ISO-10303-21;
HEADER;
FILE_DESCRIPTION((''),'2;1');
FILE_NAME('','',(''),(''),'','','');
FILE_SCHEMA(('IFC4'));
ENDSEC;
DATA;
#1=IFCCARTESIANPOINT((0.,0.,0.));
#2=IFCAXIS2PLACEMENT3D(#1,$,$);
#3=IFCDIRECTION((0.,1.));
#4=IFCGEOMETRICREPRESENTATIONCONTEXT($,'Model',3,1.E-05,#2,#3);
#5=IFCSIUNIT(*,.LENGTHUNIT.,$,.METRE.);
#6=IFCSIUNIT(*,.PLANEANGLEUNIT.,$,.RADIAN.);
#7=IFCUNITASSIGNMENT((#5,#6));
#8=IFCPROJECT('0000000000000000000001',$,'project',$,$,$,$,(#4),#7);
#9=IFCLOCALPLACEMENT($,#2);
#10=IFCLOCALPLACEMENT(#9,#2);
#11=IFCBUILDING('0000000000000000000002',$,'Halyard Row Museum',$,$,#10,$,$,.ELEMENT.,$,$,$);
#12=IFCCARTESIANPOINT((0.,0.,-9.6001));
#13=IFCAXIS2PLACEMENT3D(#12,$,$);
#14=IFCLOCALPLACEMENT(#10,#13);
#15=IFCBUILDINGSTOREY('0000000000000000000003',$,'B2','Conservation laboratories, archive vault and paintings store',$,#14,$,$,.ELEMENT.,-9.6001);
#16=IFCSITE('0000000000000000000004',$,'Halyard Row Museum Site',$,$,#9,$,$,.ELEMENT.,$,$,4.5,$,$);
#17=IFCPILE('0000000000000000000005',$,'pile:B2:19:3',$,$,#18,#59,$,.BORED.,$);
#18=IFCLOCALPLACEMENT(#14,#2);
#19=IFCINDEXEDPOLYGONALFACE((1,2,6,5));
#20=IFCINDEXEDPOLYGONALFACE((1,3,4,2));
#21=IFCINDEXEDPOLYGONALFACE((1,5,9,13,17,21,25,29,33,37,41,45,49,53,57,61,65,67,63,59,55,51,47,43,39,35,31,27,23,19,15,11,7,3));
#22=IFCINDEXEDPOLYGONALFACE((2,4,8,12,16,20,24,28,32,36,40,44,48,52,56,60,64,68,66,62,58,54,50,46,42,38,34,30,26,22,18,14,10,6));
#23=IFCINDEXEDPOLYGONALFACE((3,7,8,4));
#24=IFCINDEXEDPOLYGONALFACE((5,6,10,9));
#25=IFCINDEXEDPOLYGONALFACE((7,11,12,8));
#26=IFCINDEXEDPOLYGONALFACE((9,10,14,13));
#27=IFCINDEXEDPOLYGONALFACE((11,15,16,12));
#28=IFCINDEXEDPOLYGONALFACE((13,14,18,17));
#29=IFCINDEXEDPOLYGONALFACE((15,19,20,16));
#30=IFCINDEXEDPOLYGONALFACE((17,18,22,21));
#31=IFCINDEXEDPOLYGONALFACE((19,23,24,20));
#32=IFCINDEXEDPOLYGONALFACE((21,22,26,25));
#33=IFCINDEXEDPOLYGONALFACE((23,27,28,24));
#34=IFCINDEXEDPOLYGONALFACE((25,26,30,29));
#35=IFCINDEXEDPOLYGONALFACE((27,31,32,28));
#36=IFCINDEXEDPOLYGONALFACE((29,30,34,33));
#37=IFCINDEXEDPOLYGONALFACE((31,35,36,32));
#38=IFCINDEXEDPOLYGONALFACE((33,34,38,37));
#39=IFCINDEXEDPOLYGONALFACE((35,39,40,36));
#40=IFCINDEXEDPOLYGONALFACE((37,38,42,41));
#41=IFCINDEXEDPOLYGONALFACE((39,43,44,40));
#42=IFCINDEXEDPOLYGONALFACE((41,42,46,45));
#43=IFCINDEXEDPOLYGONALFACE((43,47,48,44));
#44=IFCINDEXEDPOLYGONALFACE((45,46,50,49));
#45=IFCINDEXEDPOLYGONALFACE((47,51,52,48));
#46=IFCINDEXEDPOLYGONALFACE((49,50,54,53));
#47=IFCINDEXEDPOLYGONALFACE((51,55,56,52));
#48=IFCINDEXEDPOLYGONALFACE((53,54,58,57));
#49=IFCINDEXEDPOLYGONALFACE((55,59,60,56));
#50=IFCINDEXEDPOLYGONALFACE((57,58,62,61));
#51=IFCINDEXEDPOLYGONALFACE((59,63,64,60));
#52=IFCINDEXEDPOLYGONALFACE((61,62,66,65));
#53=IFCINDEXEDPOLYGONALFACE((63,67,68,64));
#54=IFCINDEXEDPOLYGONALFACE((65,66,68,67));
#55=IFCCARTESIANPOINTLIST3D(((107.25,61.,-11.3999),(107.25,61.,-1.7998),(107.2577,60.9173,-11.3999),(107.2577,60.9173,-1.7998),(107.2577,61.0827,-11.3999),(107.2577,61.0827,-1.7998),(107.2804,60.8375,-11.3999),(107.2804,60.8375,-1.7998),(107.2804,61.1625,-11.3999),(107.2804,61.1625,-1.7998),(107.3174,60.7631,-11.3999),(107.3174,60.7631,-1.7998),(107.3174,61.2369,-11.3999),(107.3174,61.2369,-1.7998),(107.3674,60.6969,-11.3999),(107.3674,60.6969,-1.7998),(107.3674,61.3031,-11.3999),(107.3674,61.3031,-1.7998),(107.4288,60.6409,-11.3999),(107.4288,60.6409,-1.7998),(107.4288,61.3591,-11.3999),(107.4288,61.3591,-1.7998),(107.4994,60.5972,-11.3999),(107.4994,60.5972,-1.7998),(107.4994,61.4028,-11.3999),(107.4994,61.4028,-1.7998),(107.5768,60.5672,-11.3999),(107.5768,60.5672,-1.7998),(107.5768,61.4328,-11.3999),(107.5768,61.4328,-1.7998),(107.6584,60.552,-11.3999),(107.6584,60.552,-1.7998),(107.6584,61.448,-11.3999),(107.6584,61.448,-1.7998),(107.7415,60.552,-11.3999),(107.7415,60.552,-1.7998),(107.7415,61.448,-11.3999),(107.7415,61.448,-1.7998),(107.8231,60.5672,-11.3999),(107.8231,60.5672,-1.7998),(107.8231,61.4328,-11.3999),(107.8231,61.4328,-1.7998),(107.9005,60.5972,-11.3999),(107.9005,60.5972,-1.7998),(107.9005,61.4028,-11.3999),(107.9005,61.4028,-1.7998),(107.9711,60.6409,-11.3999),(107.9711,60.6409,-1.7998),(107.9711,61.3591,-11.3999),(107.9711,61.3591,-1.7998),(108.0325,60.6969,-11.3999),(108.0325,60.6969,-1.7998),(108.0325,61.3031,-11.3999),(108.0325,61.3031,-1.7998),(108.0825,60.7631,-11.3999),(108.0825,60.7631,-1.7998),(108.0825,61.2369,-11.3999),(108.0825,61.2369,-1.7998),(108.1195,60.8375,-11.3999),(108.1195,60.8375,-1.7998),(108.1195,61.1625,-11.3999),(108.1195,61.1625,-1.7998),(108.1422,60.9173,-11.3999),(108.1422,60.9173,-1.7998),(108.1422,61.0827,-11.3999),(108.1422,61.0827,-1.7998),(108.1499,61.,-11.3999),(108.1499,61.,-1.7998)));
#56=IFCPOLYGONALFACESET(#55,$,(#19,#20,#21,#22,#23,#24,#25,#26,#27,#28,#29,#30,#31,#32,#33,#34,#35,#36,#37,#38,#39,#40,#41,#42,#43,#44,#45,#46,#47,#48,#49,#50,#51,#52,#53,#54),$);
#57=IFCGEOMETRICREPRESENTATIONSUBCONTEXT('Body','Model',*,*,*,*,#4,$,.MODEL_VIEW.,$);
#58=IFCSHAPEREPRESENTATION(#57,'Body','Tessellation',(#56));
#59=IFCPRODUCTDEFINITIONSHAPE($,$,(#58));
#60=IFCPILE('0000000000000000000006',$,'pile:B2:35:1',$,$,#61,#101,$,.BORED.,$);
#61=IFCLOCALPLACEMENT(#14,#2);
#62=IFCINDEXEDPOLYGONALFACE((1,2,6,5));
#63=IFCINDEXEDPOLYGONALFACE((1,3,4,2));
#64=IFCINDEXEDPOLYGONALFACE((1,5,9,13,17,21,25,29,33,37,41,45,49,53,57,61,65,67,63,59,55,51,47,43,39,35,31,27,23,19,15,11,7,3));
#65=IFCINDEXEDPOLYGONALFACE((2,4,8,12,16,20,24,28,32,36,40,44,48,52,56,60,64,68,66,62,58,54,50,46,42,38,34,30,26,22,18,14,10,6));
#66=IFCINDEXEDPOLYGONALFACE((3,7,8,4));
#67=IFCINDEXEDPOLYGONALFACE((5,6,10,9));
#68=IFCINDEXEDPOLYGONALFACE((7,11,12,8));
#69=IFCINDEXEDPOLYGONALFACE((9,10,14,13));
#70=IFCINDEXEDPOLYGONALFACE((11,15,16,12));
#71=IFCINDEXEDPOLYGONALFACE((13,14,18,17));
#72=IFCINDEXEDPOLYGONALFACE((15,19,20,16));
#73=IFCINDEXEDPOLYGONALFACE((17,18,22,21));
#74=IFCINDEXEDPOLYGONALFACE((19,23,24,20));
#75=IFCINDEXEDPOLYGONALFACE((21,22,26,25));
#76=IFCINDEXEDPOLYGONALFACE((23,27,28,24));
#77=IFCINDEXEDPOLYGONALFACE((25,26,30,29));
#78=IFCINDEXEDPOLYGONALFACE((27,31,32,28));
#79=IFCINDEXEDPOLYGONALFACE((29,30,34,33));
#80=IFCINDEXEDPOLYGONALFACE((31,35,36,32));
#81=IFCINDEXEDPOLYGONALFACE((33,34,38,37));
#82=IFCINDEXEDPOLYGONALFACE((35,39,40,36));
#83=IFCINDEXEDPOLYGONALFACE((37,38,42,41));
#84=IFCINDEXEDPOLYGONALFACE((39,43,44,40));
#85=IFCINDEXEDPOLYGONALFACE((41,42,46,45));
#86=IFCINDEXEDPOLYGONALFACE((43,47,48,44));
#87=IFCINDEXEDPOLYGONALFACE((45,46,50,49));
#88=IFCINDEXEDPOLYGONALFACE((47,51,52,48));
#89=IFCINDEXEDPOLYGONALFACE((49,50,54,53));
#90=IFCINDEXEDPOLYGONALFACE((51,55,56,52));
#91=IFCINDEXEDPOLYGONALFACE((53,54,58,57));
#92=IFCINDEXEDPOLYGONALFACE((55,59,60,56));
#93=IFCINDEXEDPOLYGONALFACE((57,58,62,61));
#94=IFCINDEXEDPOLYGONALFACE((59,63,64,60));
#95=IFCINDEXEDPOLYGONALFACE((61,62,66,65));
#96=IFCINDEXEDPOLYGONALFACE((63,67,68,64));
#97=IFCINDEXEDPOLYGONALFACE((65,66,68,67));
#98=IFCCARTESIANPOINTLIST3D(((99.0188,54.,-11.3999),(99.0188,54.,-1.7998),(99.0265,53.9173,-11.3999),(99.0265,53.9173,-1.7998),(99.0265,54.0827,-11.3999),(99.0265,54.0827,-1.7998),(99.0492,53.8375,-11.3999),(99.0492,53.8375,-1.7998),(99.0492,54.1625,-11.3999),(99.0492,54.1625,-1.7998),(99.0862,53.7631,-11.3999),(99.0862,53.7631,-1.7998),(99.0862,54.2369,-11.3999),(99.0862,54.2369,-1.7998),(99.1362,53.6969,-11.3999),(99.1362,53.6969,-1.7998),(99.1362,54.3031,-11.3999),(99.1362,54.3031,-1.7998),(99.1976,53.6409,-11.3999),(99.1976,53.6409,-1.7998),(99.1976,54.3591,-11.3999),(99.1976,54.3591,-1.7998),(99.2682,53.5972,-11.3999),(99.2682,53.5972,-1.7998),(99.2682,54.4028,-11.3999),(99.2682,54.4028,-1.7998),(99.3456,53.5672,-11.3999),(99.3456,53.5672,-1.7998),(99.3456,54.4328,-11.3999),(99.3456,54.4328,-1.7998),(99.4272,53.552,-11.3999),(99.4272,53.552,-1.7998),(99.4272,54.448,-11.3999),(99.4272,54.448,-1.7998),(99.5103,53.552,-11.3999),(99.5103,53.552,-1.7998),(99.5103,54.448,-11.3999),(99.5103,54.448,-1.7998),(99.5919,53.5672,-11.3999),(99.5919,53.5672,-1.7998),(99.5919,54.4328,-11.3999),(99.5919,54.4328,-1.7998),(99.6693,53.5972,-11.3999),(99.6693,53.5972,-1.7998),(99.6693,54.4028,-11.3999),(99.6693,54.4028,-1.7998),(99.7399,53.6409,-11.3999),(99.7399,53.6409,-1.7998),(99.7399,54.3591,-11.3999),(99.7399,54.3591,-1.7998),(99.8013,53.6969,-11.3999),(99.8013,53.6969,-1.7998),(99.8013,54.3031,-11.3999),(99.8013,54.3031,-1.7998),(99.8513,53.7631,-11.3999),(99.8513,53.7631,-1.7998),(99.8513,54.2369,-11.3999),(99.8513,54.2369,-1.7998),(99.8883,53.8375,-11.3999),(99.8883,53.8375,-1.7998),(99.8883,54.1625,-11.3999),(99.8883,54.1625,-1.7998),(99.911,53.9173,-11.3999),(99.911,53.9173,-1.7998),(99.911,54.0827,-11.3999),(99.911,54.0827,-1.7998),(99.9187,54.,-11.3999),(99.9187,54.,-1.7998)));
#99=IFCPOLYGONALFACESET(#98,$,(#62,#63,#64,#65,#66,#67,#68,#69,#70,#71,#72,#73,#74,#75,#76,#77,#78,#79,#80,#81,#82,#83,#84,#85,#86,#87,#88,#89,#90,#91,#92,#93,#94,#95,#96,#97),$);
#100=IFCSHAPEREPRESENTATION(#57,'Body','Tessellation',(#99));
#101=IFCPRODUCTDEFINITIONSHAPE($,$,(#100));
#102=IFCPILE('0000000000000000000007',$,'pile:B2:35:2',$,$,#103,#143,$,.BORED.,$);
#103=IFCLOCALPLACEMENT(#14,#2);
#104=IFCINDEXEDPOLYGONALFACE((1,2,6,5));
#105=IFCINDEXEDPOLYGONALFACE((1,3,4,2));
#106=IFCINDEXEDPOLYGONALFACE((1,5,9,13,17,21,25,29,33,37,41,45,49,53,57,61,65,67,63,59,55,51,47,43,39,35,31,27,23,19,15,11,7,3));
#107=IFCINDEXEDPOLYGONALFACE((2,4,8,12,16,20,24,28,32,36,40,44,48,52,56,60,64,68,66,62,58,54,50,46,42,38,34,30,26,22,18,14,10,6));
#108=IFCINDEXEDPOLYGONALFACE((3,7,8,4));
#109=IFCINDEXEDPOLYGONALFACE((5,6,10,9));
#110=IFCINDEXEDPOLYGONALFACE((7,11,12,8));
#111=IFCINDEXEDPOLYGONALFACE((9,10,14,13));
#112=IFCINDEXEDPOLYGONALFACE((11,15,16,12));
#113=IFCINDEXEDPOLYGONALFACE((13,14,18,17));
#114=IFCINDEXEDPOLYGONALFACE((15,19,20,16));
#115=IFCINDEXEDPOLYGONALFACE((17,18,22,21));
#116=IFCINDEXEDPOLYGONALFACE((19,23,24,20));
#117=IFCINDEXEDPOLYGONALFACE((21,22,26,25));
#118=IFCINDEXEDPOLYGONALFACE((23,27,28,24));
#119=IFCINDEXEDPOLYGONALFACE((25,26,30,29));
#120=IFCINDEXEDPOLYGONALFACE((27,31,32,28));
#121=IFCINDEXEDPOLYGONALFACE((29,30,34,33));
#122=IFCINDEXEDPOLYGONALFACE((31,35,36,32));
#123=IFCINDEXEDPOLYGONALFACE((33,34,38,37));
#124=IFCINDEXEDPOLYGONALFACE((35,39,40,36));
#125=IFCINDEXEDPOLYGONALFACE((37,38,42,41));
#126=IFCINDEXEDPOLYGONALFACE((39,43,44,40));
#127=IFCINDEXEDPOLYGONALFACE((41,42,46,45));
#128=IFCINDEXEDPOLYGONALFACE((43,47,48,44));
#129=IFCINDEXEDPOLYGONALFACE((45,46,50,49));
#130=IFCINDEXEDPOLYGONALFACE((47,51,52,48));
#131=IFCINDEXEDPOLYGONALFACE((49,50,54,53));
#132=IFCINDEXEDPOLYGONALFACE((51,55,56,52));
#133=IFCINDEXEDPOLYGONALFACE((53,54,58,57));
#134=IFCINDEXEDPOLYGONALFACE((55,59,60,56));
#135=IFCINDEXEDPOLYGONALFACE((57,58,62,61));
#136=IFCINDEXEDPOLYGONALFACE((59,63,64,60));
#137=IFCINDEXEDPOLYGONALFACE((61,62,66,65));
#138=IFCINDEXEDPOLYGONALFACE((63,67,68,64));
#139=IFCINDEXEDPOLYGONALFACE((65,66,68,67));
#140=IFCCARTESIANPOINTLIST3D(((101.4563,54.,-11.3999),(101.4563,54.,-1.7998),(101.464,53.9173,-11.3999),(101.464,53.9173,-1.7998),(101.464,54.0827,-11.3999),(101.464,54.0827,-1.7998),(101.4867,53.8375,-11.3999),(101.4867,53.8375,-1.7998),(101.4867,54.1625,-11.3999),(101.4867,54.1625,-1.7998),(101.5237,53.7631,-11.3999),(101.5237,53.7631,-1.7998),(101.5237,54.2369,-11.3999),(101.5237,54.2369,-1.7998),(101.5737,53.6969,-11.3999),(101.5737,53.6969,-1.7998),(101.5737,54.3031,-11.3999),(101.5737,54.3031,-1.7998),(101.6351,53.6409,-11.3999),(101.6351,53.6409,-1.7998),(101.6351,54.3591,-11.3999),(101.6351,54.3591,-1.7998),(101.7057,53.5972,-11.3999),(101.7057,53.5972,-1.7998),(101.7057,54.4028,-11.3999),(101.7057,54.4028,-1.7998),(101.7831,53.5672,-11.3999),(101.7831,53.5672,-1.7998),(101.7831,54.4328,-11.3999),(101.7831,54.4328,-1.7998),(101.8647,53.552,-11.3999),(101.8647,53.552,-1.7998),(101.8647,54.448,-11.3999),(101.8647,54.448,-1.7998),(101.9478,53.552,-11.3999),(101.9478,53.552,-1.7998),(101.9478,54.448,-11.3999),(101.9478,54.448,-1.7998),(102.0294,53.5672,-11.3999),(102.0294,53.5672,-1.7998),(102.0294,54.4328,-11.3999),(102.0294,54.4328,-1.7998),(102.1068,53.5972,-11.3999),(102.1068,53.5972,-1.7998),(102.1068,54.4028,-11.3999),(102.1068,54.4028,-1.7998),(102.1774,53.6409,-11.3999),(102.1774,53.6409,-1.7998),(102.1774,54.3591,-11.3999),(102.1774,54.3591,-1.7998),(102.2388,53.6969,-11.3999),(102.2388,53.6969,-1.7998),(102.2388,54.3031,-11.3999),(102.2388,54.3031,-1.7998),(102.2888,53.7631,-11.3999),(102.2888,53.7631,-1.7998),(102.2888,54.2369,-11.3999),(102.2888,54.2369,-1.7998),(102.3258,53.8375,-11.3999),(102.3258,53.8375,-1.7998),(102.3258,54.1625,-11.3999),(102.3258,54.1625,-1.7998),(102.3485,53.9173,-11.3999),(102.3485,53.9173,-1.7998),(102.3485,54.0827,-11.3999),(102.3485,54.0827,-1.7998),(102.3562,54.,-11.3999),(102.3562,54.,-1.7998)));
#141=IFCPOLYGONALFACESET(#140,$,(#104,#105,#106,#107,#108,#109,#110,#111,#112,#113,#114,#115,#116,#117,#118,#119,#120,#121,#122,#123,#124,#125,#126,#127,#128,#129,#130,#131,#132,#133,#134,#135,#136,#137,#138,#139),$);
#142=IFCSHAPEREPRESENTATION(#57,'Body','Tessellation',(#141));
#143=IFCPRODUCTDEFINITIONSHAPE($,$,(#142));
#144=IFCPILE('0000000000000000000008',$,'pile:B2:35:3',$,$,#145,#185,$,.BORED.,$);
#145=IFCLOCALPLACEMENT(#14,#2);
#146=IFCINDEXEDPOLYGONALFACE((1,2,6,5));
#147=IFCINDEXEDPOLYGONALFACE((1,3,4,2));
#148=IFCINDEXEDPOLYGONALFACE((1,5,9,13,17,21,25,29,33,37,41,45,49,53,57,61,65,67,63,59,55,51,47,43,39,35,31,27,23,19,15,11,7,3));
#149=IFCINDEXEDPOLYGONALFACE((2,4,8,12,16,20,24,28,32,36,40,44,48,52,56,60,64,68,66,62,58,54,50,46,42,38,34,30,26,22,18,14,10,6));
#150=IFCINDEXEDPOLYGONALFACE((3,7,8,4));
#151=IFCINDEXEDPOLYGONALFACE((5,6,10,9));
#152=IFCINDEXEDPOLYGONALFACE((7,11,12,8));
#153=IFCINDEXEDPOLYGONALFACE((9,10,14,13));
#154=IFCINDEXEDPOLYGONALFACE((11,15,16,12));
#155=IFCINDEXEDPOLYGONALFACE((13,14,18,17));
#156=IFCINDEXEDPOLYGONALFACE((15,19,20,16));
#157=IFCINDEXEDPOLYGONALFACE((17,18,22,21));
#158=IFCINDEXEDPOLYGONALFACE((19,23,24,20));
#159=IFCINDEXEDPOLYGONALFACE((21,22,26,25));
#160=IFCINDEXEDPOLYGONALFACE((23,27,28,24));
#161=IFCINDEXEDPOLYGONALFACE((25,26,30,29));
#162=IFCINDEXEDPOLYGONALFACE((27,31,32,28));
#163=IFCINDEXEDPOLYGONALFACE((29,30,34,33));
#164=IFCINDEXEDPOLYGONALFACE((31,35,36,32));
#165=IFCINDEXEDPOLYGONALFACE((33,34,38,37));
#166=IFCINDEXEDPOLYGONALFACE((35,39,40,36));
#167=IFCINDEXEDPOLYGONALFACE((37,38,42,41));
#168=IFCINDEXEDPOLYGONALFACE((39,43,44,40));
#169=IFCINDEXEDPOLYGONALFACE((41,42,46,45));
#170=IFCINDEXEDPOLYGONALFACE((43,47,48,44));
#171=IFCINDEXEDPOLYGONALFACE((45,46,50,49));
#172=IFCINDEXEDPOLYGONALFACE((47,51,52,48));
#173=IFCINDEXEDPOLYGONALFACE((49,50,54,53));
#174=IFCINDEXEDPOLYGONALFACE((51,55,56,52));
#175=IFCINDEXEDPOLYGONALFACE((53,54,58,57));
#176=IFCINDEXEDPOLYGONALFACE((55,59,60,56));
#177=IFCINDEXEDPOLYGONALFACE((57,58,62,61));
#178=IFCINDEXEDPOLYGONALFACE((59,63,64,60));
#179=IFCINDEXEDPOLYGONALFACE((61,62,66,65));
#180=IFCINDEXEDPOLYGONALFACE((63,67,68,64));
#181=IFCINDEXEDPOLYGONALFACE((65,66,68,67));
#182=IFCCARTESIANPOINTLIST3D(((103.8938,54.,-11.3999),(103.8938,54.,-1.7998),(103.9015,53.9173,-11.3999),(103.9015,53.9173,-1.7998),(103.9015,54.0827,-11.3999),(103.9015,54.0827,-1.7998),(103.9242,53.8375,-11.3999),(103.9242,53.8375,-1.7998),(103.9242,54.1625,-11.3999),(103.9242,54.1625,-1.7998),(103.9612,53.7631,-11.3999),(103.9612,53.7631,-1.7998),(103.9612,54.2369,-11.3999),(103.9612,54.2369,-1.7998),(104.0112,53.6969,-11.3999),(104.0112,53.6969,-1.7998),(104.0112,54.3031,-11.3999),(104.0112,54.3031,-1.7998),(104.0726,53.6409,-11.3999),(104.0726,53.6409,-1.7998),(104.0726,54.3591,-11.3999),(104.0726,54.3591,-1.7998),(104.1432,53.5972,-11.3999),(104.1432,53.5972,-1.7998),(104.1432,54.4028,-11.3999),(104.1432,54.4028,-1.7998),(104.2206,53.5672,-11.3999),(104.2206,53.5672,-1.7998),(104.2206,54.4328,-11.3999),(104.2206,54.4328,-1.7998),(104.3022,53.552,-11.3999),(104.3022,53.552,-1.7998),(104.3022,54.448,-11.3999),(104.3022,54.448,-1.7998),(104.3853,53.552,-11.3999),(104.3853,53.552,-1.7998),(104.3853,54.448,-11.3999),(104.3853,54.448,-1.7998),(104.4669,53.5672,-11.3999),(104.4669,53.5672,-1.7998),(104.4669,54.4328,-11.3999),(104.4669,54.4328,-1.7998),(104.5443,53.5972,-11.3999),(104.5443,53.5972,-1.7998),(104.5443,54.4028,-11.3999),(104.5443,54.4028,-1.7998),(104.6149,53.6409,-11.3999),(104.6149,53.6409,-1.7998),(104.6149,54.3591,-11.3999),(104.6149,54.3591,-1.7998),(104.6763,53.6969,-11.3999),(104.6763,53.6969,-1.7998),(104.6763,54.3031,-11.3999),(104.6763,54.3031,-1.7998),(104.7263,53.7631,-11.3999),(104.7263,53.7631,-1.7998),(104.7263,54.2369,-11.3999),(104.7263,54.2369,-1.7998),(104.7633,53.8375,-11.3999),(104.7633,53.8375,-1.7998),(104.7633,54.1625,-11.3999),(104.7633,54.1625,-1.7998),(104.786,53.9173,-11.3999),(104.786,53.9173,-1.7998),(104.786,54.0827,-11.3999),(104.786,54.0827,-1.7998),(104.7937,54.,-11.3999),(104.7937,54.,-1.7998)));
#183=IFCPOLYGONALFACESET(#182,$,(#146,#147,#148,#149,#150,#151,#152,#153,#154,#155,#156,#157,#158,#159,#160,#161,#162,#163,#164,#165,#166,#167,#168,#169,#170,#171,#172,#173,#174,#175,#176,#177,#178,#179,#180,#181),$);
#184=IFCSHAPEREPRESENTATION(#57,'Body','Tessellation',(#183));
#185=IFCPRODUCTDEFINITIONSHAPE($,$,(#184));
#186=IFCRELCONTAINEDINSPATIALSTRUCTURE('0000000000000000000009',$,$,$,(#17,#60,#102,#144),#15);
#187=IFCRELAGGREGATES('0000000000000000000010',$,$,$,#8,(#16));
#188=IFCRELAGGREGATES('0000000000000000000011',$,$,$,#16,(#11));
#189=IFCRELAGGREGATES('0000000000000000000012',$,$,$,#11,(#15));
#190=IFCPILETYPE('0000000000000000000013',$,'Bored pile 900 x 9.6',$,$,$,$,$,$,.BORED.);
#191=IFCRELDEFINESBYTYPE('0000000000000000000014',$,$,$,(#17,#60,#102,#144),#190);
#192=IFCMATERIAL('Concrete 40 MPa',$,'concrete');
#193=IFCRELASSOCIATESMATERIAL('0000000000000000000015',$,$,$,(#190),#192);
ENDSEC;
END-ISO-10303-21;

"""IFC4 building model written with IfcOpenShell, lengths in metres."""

from ifc_helpers import new_model, si_unit, direction, frame, origin, origin_2d, place, context, subcontext, project, spatial, circle, extrude, material, material_profile, profile_set, type_object, element, save


model = new_model("IFC4")

# Units and contexts
model_context = context("Model", 3, precision=1e-05, world=origin(), true_north=direction((0.0, 1.0)))
body_context = subcontext(model_context, "Body", "Model", "MODEL_VIEW")
ifc_project = project(units=[si_unit("LENGTHUNIT", "METRE"), si_unit("PLANEANGLEUNIT", "RADIAN")], contexts=[model_context])

# Site, building, storey
site_placement = place(None, origin())
site = spatial("IfcSite", under=ifc_project, at=site_placement, Name="Halyard Row Museum Site", CompositionType="ELEMENT", RefElevation=4.5)
building_placement = place(site_placement, origin())
building = spatial("IfcBuilding", under=site, at=building_placement, Name="Halyard Row Museum", CompositionType="ELEMENT")
storey_placement = place(building_placement, frame((0.0, 0.0, -9.6001)))
storey = spatial("IfcBuildingStorey", under=building, at=storey_placement, Name="B2", Description="Conservation laboratories, archive vault and paintings store", CompositionType="ELEMENT", Elevation=-9.6001)

# Piles
ifc_material_1 = material(Name="Concrete 40 MPa", Category="concrete")
ifc_material_profile_1 = material_profile(ifc_material_1, circle(Radius=0.45, at=origin_2d()), Name="Bored pile 900 x 9.6")
ifc_profile_set_1 = profile_set([ifc_material_profile_1], Name="Concrete 40 MPa")
pile_type_1 = type_object("IfcPileType", Name="Bored pile 900 x 9.6", PredefinedType="BORED", material=ifc_profile_set_1)
for number, where, z_axis, x_axis, name in (
    (1, (107.7, 61.0, -1.7998), (0.0, 0.0, -1.0), (1.0, 0.0, 0.0), "pile:B2:19:3"),
    (2, (99.4688, 54.0, -1.7998), (0.0, 0.0, -1.0), (1.0, 0.0, 0.0), "pile:B2:35:1"),
    (3, (101.9062, 54.0, -1.7998), (0.0, 0.0, -1.0), (1.0, 0.0, 0.0), "pile:B2:35:2"),
    (4, (104.3438, 54.0, -1.7998), (0.0, 0.0, -1.0), (1.0, 0.0, 0.0), "pile:B2:35:3"),
):
    element("IfcPile", number, at=place(storey_placement, frame(where, z_axis=z_axis, x_axis=x_axis)), inside=storey, type_object=pile_type_1, Name=name, PredefinedType="BORED", context=body_context, shape_type="SweptSolid", body=[
        extrude(circle(Radius=0.45, at=origin_2d()), origin(), (0.0, 0.0, 1.0), 9.6001),
    ])

save(model, "model.ifc")
